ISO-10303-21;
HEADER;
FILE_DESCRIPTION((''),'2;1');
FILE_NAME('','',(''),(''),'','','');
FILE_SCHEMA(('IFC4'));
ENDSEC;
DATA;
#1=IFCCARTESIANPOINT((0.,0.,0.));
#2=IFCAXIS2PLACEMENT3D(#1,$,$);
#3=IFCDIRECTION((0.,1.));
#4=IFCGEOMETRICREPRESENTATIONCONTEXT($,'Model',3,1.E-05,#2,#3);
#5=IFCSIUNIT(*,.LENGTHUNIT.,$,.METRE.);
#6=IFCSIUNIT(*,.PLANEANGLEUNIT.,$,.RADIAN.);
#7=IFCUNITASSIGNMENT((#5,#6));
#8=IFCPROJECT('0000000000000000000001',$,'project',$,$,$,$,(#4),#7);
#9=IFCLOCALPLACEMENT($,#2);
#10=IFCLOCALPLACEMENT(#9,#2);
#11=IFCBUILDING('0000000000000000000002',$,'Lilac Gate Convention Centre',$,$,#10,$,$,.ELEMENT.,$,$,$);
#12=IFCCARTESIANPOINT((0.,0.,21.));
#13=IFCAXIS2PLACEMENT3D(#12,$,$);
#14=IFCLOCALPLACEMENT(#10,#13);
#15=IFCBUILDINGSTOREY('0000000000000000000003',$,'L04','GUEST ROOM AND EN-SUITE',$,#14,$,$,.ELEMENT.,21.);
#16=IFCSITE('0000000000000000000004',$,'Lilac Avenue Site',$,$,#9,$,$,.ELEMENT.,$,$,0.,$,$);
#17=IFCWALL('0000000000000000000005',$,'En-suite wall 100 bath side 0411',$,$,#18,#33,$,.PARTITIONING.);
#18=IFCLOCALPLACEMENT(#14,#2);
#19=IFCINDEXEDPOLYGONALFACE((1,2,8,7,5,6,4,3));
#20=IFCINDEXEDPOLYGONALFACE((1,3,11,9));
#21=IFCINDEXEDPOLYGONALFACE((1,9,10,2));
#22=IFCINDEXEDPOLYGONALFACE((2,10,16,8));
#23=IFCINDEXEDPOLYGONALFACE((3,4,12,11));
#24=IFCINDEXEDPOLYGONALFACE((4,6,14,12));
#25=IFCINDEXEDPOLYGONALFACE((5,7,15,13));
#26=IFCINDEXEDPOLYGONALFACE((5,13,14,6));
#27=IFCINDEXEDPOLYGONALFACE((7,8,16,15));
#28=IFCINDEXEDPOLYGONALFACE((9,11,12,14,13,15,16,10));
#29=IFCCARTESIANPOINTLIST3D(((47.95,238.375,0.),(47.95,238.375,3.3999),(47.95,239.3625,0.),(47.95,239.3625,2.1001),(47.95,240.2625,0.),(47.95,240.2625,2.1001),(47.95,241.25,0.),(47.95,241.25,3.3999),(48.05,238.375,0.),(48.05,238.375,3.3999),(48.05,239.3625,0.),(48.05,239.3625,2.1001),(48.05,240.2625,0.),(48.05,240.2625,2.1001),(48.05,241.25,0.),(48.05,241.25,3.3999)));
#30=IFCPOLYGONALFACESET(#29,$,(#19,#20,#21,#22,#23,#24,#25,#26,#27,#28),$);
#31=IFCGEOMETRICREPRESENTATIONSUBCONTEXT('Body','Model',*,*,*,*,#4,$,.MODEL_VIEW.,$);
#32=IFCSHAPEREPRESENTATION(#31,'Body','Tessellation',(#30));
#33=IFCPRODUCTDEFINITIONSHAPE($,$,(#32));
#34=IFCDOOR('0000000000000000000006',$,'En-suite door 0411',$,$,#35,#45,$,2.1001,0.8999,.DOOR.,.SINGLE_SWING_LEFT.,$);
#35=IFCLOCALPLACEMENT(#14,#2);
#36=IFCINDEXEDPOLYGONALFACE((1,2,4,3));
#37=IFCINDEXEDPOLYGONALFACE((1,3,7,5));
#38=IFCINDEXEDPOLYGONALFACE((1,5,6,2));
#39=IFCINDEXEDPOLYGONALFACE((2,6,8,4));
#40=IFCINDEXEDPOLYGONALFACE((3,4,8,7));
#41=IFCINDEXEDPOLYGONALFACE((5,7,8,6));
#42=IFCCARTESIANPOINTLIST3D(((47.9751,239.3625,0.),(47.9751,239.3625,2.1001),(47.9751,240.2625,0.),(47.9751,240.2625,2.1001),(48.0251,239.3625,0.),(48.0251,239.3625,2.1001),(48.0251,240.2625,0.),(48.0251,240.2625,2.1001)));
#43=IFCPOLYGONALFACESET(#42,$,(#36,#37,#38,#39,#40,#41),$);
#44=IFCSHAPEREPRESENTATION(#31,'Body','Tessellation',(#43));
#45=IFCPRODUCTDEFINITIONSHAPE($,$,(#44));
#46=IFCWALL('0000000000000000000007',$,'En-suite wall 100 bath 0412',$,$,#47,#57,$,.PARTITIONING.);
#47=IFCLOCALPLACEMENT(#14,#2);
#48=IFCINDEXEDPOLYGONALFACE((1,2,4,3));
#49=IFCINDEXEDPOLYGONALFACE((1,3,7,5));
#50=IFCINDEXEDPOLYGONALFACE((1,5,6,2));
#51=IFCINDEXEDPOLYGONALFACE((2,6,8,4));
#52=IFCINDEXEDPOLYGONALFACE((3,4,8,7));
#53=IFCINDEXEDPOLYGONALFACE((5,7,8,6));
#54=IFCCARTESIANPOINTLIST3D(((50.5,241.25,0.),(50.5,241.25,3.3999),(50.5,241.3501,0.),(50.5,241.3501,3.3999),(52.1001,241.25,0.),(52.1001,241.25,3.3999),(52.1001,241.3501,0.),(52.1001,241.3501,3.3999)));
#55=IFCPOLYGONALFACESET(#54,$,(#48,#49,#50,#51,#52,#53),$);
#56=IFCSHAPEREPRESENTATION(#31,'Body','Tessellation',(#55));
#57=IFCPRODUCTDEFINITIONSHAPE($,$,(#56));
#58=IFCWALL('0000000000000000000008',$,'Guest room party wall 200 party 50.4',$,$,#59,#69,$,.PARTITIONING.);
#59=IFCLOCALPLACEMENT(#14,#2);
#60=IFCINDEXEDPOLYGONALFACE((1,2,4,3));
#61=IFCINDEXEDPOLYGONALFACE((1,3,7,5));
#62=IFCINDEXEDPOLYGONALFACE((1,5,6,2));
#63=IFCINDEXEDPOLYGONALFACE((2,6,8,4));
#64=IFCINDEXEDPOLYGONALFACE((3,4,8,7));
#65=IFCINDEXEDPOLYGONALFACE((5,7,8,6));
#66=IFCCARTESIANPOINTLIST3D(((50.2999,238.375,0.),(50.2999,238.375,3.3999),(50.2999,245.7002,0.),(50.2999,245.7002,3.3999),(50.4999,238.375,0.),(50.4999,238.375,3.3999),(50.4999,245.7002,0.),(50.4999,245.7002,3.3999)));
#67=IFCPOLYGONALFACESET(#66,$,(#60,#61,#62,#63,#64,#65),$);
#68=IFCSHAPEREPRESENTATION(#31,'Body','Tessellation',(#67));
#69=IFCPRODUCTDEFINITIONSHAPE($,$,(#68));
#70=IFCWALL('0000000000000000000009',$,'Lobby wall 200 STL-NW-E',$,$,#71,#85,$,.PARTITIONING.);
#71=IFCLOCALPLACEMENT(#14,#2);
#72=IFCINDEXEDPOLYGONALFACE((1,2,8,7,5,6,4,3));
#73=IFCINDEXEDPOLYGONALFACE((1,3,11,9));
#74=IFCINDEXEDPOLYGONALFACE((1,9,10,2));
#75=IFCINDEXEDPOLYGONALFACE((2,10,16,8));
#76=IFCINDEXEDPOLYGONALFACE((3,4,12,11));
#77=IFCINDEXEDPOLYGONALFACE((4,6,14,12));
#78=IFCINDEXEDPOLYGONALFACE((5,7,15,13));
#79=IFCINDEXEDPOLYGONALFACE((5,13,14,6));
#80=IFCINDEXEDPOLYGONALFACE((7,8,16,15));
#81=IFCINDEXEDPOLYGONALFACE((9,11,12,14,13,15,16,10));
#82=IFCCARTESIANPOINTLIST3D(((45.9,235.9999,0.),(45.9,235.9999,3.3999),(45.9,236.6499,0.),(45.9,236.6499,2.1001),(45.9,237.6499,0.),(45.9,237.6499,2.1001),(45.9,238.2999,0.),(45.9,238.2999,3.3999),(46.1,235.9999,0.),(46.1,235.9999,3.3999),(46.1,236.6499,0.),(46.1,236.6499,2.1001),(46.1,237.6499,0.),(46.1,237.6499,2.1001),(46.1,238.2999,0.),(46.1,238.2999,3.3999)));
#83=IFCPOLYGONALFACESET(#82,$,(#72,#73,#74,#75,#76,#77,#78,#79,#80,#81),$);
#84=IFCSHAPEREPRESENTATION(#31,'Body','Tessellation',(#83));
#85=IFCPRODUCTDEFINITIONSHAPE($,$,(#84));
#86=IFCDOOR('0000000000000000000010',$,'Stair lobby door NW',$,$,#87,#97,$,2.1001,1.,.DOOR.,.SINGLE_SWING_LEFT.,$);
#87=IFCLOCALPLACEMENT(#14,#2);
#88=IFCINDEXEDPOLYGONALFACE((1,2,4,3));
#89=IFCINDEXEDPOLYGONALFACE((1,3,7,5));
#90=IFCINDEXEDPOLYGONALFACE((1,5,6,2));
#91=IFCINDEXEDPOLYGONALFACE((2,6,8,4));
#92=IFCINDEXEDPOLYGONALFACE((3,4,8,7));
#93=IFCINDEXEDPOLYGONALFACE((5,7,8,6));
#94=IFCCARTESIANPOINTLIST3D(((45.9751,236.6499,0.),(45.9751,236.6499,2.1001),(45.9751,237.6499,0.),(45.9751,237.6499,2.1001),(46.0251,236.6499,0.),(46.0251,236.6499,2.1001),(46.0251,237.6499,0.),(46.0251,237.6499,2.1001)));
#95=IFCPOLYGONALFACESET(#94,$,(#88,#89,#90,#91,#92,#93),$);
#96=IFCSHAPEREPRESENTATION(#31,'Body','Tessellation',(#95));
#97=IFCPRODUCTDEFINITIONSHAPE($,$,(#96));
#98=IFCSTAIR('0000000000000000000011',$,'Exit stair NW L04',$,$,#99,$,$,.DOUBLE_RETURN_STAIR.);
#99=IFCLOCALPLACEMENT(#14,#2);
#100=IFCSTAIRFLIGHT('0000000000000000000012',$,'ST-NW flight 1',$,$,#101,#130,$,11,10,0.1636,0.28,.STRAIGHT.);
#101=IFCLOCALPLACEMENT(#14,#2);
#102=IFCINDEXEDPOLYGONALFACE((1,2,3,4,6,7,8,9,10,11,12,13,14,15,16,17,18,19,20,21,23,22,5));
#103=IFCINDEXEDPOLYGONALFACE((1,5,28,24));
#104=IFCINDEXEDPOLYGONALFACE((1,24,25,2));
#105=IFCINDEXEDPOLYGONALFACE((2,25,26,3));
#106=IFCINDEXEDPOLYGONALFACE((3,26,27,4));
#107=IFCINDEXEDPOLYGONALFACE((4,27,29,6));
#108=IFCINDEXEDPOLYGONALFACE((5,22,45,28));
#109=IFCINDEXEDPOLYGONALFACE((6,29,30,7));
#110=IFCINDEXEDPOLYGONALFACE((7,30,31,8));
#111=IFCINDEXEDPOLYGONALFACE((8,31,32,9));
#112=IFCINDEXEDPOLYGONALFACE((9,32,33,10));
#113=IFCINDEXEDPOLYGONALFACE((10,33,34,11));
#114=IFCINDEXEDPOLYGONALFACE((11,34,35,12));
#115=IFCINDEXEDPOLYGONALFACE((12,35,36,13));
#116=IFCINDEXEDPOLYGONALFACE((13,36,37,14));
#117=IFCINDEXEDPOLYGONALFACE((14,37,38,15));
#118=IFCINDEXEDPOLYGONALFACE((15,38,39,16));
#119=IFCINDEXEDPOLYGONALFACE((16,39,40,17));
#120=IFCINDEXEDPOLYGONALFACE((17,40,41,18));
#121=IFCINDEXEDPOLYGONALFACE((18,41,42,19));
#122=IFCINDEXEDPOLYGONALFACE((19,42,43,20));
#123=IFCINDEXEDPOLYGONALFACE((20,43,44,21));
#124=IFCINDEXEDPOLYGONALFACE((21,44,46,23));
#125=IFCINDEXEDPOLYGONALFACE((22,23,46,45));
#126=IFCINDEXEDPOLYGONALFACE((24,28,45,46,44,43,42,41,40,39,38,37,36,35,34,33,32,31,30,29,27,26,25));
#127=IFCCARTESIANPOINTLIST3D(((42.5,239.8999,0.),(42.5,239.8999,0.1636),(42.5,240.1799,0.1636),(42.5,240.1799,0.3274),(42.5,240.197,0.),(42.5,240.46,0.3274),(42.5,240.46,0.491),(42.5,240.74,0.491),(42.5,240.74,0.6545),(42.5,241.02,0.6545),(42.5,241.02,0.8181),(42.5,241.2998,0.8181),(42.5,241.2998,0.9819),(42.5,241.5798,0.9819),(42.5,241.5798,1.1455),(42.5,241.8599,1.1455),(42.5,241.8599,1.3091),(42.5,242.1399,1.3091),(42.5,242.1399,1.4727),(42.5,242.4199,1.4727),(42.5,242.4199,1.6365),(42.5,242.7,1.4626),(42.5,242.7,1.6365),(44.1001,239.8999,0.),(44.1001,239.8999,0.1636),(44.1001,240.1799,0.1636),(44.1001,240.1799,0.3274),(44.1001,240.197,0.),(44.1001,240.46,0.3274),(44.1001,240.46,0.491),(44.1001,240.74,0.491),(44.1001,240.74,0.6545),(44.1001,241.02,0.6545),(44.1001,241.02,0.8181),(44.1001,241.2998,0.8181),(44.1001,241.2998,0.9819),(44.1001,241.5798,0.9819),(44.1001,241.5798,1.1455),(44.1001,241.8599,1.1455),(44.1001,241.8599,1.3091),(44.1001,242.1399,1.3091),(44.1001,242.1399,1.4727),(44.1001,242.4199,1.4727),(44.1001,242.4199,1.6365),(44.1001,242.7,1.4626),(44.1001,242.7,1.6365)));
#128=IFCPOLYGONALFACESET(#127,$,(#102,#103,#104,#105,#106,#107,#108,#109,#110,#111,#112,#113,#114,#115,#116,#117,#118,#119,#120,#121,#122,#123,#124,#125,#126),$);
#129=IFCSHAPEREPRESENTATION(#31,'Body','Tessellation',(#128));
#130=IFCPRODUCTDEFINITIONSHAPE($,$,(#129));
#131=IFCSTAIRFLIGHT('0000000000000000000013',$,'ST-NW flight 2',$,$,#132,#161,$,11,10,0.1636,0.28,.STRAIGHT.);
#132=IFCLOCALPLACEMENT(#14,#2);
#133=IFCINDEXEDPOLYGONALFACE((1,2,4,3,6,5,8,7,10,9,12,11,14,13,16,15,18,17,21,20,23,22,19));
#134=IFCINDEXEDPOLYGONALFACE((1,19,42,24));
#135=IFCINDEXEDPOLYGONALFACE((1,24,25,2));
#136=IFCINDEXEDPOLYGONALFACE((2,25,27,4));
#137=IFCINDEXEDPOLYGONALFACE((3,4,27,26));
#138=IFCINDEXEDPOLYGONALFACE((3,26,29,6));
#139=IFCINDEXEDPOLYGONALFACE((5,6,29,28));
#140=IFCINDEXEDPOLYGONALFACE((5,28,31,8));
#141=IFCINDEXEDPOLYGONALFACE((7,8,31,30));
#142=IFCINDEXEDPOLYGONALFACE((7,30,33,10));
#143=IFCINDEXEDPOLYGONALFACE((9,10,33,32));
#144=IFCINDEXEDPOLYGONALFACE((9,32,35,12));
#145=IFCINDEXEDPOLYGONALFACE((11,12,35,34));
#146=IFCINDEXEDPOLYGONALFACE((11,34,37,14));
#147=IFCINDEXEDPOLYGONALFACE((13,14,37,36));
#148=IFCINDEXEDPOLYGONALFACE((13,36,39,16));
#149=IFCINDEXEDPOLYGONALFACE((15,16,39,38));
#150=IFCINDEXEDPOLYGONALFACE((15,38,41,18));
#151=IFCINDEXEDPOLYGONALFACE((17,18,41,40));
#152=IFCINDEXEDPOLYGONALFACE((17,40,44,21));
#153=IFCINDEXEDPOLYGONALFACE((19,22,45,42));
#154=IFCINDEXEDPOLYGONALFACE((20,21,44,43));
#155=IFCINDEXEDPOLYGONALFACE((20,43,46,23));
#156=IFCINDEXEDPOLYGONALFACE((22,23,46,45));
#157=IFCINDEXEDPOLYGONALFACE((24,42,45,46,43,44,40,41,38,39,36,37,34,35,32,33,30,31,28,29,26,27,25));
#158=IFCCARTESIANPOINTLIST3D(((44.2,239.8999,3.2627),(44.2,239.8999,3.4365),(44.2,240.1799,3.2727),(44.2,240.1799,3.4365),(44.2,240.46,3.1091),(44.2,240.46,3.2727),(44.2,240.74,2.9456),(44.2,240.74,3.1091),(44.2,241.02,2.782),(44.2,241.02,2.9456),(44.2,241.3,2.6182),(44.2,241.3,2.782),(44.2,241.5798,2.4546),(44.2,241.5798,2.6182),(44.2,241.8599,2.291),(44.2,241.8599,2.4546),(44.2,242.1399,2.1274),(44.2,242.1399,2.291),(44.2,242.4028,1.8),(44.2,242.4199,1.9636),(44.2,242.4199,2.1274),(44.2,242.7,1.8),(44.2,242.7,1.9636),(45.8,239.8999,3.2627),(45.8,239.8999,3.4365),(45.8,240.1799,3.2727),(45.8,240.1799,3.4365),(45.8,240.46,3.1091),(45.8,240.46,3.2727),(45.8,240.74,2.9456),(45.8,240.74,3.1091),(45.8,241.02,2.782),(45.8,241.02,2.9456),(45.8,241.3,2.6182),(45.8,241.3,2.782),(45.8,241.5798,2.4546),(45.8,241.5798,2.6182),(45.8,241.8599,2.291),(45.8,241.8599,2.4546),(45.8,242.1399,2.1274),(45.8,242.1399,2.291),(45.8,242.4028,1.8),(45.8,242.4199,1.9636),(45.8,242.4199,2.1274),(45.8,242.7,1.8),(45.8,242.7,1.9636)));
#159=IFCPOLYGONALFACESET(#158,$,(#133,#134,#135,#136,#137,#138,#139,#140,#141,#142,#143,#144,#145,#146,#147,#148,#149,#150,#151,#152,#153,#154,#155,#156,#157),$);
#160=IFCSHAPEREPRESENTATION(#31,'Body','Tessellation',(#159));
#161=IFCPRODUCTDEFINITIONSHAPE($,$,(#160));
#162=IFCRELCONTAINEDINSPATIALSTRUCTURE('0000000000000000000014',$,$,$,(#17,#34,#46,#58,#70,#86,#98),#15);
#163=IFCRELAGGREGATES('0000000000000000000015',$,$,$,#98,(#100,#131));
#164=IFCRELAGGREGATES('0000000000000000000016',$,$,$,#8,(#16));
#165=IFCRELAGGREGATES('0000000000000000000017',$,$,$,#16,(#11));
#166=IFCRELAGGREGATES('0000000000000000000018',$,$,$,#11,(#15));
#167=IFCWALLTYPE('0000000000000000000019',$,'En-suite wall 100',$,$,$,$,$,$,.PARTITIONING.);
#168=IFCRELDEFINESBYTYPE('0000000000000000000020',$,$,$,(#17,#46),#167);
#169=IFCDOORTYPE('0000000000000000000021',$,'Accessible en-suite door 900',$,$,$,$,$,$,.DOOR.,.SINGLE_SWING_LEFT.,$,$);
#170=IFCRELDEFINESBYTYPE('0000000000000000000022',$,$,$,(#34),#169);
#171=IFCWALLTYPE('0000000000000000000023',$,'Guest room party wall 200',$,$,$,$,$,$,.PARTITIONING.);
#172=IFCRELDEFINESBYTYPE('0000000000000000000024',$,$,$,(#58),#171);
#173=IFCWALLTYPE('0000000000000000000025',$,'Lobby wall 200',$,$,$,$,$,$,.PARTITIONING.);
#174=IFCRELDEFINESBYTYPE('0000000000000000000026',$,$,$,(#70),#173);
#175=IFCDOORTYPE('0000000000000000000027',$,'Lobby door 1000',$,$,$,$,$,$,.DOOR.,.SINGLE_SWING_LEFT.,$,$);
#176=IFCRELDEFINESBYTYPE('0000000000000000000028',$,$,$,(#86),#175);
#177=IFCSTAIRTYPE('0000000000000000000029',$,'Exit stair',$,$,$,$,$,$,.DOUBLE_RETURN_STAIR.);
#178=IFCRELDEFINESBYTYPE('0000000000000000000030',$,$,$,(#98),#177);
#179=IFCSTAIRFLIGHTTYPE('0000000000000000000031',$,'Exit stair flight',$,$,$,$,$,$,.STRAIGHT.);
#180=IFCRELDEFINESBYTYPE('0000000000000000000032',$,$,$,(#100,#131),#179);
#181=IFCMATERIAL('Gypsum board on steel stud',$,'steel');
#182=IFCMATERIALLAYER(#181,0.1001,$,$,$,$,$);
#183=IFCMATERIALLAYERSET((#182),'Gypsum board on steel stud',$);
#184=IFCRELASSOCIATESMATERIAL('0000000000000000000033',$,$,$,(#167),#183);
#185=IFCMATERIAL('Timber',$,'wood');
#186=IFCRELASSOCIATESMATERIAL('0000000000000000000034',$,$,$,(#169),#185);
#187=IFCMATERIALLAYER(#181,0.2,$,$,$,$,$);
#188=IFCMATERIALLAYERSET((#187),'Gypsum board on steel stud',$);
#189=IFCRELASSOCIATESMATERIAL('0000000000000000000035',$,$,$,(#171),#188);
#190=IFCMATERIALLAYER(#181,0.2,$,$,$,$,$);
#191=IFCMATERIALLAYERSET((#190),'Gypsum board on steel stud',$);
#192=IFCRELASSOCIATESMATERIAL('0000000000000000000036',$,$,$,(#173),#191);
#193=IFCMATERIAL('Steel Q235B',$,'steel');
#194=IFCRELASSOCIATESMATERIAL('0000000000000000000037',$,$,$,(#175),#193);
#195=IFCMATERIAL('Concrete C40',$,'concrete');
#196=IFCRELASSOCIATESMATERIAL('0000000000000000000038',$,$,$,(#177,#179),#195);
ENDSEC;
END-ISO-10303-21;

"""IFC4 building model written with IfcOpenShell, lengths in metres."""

from ifc_helpers import new_model, si_unit, direction, frame, frame_2d, origin, place, context, subcontext, project, spatial, polyline, rectangle, outline, extrude, material, layer, layer_set, type_object, element, fill, aggregate, save


model = new_model("IFC4")

# Units and contexts
model_context = context("Model", 3, precision=1e-05, world=origin(), true_north=direction((0.0, 1.0)))
body_context = subcontext(model_context, "Body", "Model", "MODEL_VIEW")
ifc_project = project(units=[si_unit("LENGTHUNIT", "METRE"), si_unit("PLANEANGLEUNIT", "RADIAN")], contexts=[model_context])

# Site, building, storey
site_placement = place(None, origin())
site = spatial("IfcSite", under=ifc_project, at=site_placement, Name="Lilac Avenue Site", CompositionType="ELEMENT", RefElevation=0.0)
building_placement = place(site_placement, origin())
building = spatial("IfcBuilding", under=site, at=building_placement, Name="Lilac Gate Convention Centre", CompositionType="ELEMENT")
storey_placement = place(building_placement, frame((0.0, 0.0, 21.0)))
storey = spatial("IfcBuildingStorey", under=building, at=storey_placement, Name="L04", Description="GUEST ROOM AND EN-SUITE", CompositionType="ELEMENT", Elevation=21.0)

# Shared definitions
ifc_material_1 = material(Name="Concrete C40", Category="concrete")

# Shared definitions
ifc_material_2 = material(Name="Gypsum board on steel stud", Category="steel")
ifc_material_3 = material(Name="Timber", Category="wood")

# Shared definitions
ifc_layer_1 = layer(ifc_material_2, 0.1001)
ifc_layer_set_1 = layer_set([ifc_layer_1], Name="Gypsum board on steel stud")
wall_type_1 = type_object("IfcWallType", Name="En-suite wall 100", PredefinedType="PARTITIONING", material=ifc_layer_set_1)

# Wall, opening, door
wall_1_placement = place(storey_placement, frame((48.0, 238.375, 0.0), z_axis=(0.0, 0.0, 1.0), x_axis=(0.0, 1.0, 0.0)))
wall_1 = element("IfcWall", 1, at=wall_1_placement, inside=storey, type_object=wall_type_1, Name="En-suite wall 100 bath side 0411", PredefinedType="PARTITIONING", context=body_context, shape_type="SweptSolid", body=[
    extrude(rectangle(XDim=2.875, YDim=0.1001, at=frame_2d((1.4375, 0.0))), origin(), (0.0, 0.0, 1.0), 3.3999),
])
opening_1_placement = place(wall_1_placement, frame((0.9875, 0.0, 0.0)))
opening_1 = element("IfcOpeningElement", 2, at=opening_1_placement, cuts=wall_1, PredefinedType="OPENING", context=body_context, shape_type="SweptSolid", body=[
    extrude(rectangle(XDim=0.8999, YDim=2.1001, at=frame_2d((0.45, 1.05))), frame((0.0, 0.0601, 0.0), z_axis=(0.0, -1.0, 0.0), x_axis=(1.0, 0.0, 0.0)), (0.0, 0.0, 1.0), 0.1201),
])
door_type_1 = type_object("IfcDoorType", Name="Accessible en-suite door 900", OperationType="SINGLE_SWING_LEFT", PredefinedType="DOOR", material=ifc_material_3)
door_1_placement = place(opening_1_placement, origin())
door_1 = element("IfcDoor", 3, at=door_1_placement, inside=storey, type_object=door_type_1, Name="En-suite door 0411", OperationType="SINGLE_SWING_LEFT", OverallHeight=2.1001, OverallWidth=0.8999, PredefinedType="DOOR", context=body_context, shape_type="SweptSolid", body=[
    extrude(rectangle(XDim=0.8999, YDim=2.1001, at=frame_2d((0.45, 1.05))), frame((0.0, 0.0249, 0.0), z_axis=(0.0, -1.0, 0.0), x_axis=(1.0, 0.0, 0.0)), (0.0, 0.0, 1.0), 0.05),
])
fill(opening_1, door_1)

# Walls
wall_2_placement = place(storey_placement, frame((50.5, 241.3, 0.0), z_axis=(0.0, 0.0, 1.0), x_axis=(1.0, 0.0, 0.0)))
element("IfcWall", 4, at=wall_2_placement, inside=storey, type_object=wall_type_1, Name="En-suite wall 100 bath 0412", PredefinedType="PARTITIONING", context=body_context, shape_type="SweptSolid", body=[
    extrude(rectangle(XDim=1.6001, YDim=0.1001, at=frame_2d((0.8, 0.0))), origin(), (0.0, 0.0, 1.0), 3.3999),
])
ifc_layer_2 = layer(ifc_material_2, 0.2)
ifc_layer_set_2 = layer_set([ifc_layer_2], Name="Gypsum board on steel stud")
wall_type_2 = type_object("IfcWallType", Name="Guest room party wall 200", PredefinedType="PARTITIONING", material=ifc_layer_set_2)
wall_3_placement = place(storey_placement, frame((50.3999, 245.7002, 0.0), z_axis=(0.0, 0.0, 1.0), x_axis=(0.0, -1.0, 0.0)))
element("IfcWall", 5, at=wall_3_placement, inside=storey, type_object=wall_type_2, Name="Guest room party wall 200 party 50.4", PredefinedType="PARTITIONING", context=body_context, shape_type="SweptSolid", body=[
    extrude(rectangle(XDim=7.3252, YDim=0.2, at=frame_2d((3.6626, 0.0))), origin(), (0.0, 0.0, 1.0), 3.3999),
])

# Wall, opening, door
ifc_layer_3 = layer(ifc_material_2, 0.2)
ifc_layer_set_3 = layer_set([ifc_layer_3], Name="Gypsum board on steel stud")
wall_type_3 = type_object("IfcWallType", Name="Lobby wall 200", PredefinedType="PARTITIONING", material=ifc_layer_set_3)
wall_4_placement = place(storey_placement, frame((46.0, 236.0, 0.0), z_axis=(0.0, 0.0, 1.0), x_axis=(0.0, 1.0, 0.0)))
wall_4 = element("IfcWall", 6, at=wall_4_placement, inside=storey, type_object=wall_type_3, Name="Lobby wall 200 STL-NW-E", PredefinedType="PARTITIONING", context=body_context, shape_type="SweptSolid", body=[
    extrude(rectangle(XDim=2.3, YDim=0.2, at=frame_2d((1.1499, 0.0))), origin(), (0.0, 0.0, 1.0), 3.3999),
])
opening_2_placement = place(wall_4_placement, frame((0.6499, 0.0, 0.0)))
opening_2 = element("IfcOpeningElement", 7, at=opening_2_placement, cuts=wall_4, PredefinedType="OPENING", context=body_context, shape_type="SweptSolid", body=[
    extrude(rectangle(XDim=1.0, YDim=2.1001, at=frame_2d((0.5, 1.05))), frame((0.0, 0.1099, 0.0), z_axis=(0.0, -1.0, 0.0), x_axis=(1.0, 0.0, 0.0)), (0.0, 0.0, 1.0), 0.22),
])
ifc_material_4 = material(Name="Steel Q235B", Category="steel")
door_type_2 = type_object("IfcDoorType", Name="Lobby door 1000", OperationType="SINGLE_SWING_LEFT", PredefinedType="DOOR", material=ifc_material_4)
door_2_placement = place(opening_2_placement, origin())
door_2 = element("IfcDoor", 8, at=door_2_placement, inside=storey, type_object=door_type_2, Name="Stair lobby door NW", OperationType="SINGLE_SWING_LEFT", OverallHeight=2.1001, OverallWidth=1.0, PredefinedType="DOOR", context=body_context, shape_type="SweptSolid", body=[
    extrude(rectangle(XDim=1.0, YDim=2.1001, at=frame_2d((0.5, 1.05))), frame((0.0, 0.0249, 0.0), z_axis=(0.0, -1.0, 0.0), x_axis=(1.0, 0.0, 0.0)), (0.0, 0.0, 1.0), 0.05),
])
fill(opening_2, door_2)

# Stair, stair flights
stair_type = type_object("IfcStairType", Name="Exit stair", PredefinedType="DOUBLE_RETURN_STAIR", material=ifc_material_1)
stair_placement = place(storey_placement, origin())
stair = element("IfcStair", 9, at=stair_placement, inside=storey, type_object=stair_type, Name="Exit stair NW L04", PredefinedType="DOUBLE_RETURN_STAIR")
stair_flight_type = type_object("IfcStairFlightType", Name="Exit stair flight", PredefinedType="STRAIGHT", material=ifc_material_1)
stair_flight_1_placement = place(storey_placement, frame((43.3, 239.8999, 0.0), z_axis=(0.0, 0.0, 1.0), x_axis=(0.0, 1.0, 0.0)))
stair_flight_1 = element("IfcStairFlight", 10, at=stair_flight_1_placement, type_object=stair_flight_type, Name="ST-NW flight 1", NumberOfRisers=11, NumberOfTreads=10, PredefinedType="STRAIGHT", RiserHeight=0.1636, TreadLength=0.28, context=body_context, shape_type="SweptSolid", body=[
    extrude(outline(polyline([(0.0, 0.0), (0.0, 0.1636), (0.28, 0.1636), (0.28, 0.3274), (0.5601, 0.3274), (0.5601, 0.491), (0.8401, 0.491), (0.8401, 0.6545), (1.1201, 0.6545), (1.1201, 0.8181), (1.3999, 0.8181), (1.3999, 0.9819), (1.6799, 0.9819), (1.6799, 1.1455), (1.96, 1.1455), (1.96, 1.3091), (2.24, 1.3091), (2.24, 1.4727), (2.52, 1.4727), (2.52, 1.6365), (2.8, 1.6365), (2.8, 1.8), (2.8, 1.4626), (0.2971, 0.0), (0.0, 0.0)])), frame((0.0, 0.8, 0.0), z_axis=(0.0, -1.0, 0.0), x_axis=(1.0, 0.0, 0.0)), (0.0, 0.0, 1.0), 1.6001),
])
stair_flight_2_placement = place(storey_placement, frame((45.0, 242.7, 1.8), z_axis=(0.0, 0.0, 1.0), x_axis=(0.0, -1.0, 0.0)))
stair_flight_2 = element("IfcStairFlight", 11, at=stair_flight_2_placement, type_object=stair_flight_type, Name="ST-NW flight 2", NumberOfRisers=11, NumberOfTreads=10, PredefinedType="STRAIGHT", RiserHeight=0.1636, TreadLength=0.28, context=body_context, shape_type="SweptSolid", body=[
    extrude(outline(polyline([(0.0, 0.0), (0.0, 0.1636), (0.28, 0.1636), (0.28, 0.3274), (0.5601, 0.3274), (0.5601, 0.491), (0.8401, 0.491), (0.8401, 0.6545), (1.1201, 0.6545), (1.1201, 0.8181), (1.3999, 0.8181), (1.3999, 0.9819), (1.6799, 0.9819), (1.6799, 1.1455), (1.96, 1.1455), (1.96, 1.3091), (2.24, 1.3091), (2.24, 1.4727), (2.52, 1.4727), (2.52, 1.6365), (2.8, 1.6365), (2.8, 1.8), (2.8, 1.4626), (0.2971, 0.0), (0.0, 0.0)])), frame((0.0, 0.8, 0.0), z_axis=(0.0, -1.0, 0.0), x_axis=(1.0, 0.0, 0.0)), (0.0, 0.0, 1.0), 1.6001),
])
aggregate(stair, [stair_flight_1, stair_flight_2])

save(model, "model.ifc")
